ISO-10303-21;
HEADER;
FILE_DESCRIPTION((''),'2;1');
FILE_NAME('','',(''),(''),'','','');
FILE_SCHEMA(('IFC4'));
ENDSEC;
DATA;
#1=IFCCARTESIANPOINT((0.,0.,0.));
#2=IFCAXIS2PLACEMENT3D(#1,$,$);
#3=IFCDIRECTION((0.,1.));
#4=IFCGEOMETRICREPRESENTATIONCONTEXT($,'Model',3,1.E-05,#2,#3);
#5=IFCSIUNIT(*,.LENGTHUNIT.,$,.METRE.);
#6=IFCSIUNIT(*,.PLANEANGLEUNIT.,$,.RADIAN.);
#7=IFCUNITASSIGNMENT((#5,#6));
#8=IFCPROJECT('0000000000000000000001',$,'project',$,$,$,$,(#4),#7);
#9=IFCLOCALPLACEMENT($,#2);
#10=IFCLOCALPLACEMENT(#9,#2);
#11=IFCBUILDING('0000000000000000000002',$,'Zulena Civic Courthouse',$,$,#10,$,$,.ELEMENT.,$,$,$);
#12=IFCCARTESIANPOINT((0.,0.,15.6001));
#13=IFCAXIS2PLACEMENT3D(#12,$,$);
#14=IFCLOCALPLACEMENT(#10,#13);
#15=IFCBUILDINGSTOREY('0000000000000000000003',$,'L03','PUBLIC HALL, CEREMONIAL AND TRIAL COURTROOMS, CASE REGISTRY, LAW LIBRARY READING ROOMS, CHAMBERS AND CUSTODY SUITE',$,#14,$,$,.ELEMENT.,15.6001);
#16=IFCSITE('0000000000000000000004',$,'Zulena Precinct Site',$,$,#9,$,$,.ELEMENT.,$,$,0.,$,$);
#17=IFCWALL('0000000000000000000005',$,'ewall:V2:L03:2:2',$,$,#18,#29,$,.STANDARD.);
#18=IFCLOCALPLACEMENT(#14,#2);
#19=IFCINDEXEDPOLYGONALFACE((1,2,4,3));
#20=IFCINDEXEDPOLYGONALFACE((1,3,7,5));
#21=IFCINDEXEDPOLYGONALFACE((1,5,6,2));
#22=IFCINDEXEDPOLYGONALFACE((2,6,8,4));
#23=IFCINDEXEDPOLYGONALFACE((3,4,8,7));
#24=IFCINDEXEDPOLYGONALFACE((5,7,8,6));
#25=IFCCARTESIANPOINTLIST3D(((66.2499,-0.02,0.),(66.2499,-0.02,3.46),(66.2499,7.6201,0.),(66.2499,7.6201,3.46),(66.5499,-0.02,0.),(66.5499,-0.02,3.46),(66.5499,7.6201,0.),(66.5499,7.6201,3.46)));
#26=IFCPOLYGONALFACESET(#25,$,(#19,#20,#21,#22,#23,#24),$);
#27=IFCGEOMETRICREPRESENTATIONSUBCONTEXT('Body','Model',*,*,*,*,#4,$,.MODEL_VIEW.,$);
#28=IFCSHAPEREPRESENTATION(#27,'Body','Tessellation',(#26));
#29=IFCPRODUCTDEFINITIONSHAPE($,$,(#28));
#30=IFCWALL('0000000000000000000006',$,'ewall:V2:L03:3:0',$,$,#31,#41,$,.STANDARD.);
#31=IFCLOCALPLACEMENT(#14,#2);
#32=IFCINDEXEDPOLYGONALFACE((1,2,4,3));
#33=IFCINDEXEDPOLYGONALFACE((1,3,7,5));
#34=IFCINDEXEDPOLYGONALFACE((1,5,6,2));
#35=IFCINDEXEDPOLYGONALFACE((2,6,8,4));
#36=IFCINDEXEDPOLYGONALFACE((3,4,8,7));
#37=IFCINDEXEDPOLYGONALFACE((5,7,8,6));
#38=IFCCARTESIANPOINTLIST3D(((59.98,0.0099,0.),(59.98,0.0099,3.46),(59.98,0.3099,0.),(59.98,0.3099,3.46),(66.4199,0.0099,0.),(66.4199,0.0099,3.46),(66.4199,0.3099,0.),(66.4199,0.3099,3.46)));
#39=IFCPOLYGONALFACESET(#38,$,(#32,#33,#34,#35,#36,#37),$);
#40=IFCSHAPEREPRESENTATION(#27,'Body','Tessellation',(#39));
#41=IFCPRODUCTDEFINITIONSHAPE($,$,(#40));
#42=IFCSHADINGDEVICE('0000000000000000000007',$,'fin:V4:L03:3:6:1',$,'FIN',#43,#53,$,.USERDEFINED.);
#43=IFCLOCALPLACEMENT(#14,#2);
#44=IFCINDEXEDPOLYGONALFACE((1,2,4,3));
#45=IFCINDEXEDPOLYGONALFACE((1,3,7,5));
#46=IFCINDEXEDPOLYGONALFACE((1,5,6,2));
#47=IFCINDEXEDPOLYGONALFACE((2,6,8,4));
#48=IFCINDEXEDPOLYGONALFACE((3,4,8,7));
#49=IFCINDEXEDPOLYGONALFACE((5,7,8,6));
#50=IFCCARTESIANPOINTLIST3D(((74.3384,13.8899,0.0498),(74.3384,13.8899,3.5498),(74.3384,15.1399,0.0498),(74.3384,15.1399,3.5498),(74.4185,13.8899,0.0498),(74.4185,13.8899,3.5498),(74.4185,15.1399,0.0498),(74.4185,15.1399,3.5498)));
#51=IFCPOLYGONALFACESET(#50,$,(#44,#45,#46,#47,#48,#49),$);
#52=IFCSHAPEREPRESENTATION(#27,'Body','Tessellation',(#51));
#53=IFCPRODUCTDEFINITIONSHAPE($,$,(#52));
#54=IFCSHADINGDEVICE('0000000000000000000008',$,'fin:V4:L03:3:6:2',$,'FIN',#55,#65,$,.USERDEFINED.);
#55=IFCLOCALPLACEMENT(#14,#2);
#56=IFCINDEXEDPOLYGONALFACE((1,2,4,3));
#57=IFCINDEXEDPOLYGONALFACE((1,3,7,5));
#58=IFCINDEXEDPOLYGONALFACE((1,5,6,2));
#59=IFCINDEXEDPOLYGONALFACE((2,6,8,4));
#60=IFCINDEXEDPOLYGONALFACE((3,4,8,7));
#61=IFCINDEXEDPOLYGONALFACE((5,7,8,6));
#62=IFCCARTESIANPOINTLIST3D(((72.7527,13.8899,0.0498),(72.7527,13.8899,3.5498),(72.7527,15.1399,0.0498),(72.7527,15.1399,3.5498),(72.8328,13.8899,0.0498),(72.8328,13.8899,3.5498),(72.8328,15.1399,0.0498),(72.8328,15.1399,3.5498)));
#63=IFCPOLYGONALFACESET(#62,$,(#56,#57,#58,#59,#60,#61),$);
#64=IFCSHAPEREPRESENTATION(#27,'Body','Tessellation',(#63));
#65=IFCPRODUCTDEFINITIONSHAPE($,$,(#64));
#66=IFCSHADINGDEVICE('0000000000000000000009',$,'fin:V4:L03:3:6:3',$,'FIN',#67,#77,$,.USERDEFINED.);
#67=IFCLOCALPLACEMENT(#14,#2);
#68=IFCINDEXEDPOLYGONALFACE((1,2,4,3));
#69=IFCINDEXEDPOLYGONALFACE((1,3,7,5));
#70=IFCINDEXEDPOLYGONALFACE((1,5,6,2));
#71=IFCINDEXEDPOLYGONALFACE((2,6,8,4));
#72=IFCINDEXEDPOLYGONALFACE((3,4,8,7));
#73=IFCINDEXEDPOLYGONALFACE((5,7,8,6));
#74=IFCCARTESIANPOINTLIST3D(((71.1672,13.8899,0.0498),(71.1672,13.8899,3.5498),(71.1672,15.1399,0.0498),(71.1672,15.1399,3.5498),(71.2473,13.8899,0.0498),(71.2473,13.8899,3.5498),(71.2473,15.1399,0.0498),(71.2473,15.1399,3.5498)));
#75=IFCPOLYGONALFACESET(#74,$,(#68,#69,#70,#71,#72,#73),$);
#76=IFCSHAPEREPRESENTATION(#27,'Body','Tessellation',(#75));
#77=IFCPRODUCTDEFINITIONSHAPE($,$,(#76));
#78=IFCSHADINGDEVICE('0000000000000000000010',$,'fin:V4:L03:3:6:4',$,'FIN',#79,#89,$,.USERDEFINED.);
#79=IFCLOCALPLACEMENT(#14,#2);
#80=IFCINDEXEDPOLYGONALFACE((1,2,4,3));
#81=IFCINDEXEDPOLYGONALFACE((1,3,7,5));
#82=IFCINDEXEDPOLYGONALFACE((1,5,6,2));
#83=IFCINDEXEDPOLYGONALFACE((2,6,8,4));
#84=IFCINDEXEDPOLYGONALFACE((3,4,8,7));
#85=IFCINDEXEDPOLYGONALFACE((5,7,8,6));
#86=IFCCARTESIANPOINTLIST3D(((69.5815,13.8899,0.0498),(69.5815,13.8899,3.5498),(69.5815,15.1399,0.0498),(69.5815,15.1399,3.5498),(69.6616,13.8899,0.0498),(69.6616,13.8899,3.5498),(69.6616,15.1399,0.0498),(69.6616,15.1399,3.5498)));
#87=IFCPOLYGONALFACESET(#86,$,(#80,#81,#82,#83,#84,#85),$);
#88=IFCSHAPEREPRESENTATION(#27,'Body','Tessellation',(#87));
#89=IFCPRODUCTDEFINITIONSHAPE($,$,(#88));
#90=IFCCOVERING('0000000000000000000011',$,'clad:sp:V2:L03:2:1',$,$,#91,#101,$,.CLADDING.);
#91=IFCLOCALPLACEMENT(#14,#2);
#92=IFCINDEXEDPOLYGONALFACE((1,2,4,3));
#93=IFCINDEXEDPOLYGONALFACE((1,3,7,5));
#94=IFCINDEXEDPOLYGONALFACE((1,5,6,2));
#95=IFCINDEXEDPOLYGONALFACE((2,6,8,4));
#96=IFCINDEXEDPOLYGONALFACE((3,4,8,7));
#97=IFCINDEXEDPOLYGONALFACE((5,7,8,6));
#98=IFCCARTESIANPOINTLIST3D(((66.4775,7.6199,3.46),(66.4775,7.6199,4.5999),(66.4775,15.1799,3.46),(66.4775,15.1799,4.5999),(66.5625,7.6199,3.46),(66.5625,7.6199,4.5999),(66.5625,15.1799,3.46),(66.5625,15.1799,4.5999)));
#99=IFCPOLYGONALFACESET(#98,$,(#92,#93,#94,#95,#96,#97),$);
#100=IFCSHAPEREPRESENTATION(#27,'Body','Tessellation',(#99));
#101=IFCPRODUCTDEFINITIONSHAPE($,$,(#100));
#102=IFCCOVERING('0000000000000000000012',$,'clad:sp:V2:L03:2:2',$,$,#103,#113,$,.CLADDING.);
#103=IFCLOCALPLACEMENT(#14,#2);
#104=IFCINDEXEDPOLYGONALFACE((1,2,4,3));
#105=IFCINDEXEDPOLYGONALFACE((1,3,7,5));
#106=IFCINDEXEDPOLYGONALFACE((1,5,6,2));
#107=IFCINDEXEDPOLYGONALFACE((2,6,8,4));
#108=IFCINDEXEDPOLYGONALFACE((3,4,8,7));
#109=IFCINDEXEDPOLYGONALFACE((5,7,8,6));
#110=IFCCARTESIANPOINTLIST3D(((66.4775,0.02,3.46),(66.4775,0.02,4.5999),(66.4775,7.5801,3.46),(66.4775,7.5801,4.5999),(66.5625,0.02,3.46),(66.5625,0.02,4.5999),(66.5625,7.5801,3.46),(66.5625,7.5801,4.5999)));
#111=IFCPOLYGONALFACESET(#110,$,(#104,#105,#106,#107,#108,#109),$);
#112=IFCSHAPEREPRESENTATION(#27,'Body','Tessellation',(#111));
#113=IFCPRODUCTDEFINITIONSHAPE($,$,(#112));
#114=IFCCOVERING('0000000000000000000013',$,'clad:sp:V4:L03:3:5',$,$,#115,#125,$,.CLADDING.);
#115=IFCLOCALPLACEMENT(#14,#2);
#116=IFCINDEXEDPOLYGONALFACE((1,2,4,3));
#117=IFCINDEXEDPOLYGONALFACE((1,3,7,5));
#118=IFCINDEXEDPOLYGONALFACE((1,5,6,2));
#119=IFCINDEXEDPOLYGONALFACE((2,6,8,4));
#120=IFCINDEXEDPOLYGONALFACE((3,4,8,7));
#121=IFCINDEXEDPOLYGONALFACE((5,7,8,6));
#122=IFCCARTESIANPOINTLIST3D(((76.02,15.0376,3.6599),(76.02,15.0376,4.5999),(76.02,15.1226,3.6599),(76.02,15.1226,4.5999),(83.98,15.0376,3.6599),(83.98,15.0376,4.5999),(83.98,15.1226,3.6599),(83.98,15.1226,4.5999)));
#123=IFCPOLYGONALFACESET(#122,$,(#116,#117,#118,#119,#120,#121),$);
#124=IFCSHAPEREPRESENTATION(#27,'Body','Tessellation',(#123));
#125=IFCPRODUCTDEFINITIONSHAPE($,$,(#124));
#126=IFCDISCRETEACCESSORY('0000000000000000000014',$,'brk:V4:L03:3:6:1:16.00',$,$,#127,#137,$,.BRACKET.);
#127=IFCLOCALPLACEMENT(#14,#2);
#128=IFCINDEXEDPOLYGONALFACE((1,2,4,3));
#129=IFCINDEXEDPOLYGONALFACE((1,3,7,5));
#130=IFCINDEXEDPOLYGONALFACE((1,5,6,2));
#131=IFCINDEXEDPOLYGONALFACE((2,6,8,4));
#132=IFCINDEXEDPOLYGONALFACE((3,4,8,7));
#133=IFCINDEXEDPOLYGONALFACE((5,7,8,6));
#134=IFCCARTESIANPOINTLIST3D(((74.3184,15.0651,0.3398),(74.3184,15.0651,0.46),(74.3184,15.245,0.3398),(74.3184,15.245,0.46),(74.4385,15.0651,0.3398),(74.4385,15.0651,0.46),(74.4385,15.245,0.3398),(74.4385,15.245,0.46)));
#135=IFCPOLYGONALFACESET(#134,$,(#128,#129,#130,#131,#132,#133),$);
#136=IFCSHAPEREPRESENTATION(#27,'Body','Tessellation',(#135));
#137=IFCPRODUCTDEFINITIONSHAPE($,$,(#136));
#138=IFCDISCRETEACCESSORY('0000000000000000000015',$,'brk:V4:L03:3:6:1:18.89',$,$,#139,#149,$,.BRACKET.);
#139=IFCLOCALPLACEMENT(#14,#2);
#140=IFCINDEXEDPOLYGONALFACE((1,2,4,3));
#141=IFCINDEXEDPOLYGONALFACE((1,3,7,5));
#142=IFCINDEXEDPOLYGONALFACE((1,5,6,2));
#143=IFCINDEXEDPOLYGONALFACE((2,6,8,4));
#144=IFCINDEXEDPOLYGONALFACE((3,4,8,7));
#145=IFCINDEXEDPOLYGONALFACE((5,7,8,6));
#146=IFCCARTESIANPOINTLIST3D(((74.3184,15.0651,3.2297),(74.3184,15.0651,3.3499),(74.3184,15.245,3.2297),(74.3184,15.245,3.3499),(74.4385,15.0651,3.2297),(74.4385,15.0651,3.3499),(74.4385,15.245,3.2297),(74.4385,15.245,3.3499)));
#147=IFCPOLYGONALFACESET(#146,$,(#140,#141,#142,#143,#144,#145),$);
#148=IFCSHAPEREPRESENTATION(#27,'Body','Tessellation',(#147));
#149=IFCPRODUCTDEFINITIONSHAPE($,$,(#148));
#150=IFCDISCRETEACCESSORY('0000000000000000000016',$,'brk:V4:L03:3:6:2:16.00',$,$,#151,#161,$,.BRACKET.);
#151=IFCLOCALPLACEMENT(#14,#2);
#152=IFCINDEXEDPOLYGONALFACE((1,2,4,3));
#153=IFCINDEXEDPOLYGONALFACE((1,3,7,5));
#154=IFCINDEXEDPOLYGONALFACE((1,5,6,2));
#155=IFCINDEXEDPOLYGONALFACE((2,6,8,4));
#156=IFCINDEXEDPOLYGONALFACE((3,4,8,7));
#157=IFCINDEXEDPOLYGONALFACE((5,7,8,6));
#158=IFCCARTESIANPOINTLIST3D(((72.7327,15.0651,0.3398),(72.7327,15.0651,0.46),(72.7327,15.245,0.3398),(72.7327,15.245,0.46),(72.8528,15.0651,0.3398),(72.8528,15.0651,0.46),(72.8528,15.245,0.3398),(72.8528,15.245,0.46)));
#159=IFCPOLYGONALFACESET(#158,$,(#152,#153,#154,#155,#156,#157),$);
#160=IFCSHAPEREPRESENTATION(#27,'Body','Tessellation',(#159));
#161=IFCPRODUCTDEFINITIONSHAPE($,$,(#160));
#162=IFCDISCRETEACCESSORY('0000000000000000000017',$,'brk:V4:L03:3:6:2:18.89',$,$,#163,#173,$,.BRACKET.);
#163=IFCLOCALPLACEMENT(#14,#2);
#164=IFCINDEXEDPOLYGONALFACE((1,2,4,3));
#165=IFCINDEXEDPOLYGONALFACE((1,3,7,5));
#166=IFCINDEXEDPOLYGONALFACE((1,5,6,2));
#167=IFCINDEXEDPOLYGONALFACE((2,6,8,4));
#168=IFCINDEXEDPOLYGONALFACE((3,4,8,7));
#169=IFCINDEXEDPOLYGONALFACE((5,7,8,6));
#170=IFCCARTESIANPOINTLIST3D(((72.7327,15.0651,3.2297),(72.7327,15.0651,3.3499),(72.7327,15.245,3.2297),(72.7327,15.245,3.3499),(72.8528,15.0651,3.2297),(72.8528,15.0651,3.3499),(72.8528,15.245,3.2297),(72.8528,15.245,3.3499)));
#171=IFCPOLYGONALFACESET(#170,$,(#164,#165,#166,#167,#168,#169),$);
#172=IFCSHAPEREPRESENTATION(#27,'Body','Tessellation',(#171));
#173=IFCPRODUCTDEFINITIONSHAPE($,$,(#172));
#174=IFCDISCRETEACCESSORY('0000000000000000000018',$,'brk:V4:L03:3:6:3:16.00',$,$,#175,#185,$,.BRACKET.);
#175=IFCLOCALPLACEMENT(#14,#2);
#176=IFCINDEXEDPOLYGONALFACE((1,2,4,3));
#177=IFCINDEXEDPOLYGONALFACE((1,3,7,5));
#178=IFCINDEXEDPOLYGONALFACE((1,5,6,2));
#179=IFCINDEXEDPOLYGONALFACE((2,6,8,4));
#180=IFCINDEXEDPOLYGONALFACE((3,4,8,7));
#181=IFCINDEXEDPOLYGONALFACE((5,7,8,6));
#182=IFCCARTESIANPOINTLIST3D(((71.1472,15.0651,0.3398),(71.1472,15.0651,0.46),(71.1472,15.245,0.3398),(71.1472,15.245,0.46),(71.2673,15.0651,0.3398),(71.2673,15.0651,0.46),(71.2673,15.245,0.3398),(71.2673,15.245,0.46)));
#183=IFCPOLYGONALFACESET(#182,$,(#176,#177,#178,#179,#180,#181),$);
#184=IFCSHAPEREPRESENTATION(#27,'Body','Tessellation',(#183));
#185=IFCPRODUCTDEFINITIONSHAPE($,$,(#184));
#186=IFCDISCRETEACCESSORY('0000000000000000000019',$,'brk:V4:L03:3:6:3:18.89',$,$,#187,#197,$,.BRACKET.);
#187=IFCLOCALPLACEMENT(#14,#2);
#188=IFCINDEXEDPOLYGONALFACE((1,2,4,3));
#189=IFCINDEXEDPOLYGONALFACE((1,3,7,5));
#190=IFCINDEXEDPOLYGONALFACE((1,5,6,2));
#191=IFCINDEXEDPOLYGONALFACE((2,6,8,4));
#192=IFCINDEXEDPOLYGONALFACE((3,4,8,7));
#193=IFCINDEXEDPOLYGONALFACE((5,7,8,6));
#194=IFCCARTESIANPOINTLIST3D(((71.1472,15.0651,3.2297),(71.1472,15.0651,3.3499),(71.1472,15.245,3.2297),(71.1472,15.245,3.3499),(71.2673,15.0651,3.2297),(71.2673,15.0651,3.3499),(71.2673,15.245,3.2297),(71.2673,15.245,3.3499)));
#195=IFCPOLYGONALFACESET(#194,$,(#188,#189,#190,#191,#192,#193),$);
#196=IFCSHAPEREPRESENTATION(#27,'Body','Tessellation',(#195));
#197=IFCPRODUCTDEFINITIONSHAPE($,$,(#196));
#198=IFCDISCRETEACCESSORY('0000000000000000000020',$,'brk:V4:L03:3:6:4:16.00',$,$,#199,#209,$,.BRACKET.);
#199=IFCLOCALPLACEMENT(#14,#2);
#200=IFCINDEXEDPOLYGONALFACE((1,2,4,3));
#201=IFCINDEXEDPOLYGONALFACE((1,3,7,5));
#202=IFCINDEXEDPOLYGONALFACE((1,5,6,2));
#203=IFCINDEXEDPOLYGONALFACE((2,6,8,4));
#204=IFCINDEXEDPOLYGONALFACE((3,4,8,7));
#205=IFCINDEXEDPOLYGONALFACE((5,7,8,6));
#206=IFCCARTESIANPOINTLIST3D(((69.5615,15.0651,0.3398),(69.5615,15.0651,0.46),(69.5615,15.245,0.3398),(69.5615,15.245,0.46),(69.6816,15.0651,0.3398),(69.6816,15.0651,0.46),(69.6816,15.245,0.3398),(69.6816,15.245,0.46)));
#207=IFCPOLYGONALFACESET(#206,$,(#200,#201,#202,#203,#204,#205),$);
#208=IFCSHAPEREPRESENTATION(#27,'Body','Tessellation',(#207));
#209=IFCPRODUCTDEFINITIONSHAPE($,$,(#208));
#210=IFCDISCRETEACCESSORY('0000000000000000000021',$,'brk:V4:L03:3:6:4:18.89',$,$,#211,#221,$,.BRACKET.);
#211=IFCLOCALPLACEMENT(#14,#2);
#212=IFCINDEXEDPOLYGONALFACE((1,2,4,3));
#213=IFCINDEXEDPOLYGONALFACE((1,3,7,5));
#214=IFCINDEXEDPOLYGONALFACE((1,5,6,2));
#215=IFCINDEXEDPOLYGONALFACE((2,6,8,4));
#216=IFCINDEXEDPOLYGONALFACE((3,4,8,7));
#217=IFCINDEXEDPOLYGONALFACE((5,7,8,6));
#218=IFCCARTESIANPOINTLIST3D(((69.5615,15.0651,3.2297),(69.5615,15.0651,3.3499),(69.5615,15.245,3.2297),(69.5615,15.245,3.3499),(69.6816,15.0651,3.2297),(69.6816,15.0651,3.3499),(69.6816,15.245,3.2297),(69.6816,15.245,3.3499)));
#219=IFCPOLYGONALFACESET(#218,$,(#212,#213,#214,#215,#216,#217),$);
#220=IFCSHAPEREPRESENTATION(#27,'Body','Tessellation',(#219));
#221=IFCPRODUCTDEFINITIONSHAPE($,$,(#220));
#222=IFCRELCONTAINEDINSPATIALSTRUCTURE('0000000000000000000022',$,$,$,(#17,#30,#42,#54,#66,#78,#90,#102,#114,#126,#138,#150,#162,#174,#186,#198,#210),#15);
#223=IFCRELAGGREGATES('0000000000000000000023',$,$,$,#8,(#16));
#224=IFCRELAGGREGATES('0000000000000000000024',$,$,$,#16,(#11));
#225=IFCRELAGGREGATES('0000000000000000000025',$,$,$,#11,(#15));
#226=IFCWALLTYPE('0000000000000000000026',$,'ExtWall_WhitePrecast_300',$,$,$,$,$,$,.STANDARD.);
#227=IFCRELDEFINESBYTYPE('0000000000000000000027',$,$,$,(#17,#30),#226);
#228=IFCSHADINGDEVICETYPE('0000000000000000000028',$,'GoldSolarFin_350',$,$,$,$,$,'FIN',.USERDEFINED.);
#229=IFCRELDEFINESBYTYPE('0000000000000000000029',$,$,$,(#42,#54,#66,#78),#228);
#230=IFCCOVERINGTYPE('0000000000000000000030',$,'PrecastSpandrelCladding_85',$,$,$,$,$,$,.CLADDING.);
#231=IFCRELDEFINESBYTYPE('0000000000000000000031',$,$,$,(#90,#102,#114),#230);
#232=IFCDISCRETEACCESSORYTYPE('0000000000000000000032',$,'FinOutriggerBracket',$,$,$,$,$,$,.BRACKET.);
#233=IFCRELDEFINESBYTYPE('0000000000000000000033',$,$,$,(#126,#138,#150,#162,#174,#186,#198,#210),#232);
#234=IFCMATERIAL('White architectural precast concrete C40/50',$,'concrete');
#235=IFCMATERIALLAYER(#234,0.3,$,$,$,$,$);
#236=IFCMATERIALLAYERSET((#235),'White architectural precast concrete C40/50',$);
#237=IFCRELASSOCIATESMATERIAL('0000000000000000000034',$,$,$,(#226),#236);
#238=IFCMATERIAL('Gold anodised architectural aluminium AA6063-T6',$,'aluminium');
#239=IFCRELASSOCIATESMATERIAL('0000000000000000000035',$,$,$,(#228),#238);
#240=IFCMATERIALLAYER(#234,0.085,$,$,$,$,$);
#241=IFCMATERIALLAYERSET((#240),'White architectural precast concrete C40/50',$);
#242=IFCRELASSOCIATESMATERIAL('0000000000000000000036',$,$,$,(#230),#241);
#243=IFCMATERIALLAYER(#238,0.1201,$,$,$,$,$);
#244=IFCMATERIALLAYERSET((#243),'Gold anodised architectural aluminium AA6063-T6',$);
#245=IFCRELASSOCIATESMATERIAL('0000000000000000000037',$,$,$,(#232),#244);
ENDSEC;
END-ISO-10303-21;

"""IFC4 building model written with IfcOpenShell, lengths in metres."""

from ifc_helpers import new_model, si_unit, direction, frame, frame_2d, origin, origin_2d, place, context, subcontext, project, spatial, rectangle, extrude, material, layer, layer_set, type_object, element, save


model = new_model("IFC4")

# Units and contexts
model_context = context("Model", 3, precision=1e-05, world=origin(), true_north=direction((0.0, 1.0)))
body_context = subcontext(model_context, "Body", "Model", "MODEL_VIEW")
ifc_project = project(units=[si_unit("LENGTHUNIT", "METRE"), si_unit("PLANEANGLEUNIT", "RADIAN")], contexts=[model_context])

# Site, building, storey
site_placement = place(None, origin())
site = spatial("IfcSite", under=ifc_project, at=site_placement, Name="Zulena Precinct Site", CompositionType="ELEMENT", RefElevation=0.0)
building_placement = place(site_placement, origin())
building = spatial("IfcBuilding", under=site, at=building_placement, Name="Zulena Civic Courthouse", CompositionType="ELEMENT")
storey_placement = place(building_placement, frame((0.0, 0.0, 15.6001)))
storey = spatial("IfcBuildingStorey", under=building, at=storey_placement, Name="L03", Description="PUBLIC HALL, CEREMONIAL AND TRIAL COURTROOMS, CASE REGISTRY, LAW LIBRARY READING ROOMS, CHAMBERS AND CUSTODY SUITE", CompositionType="ELEMENT", Elevation=15.6001)

# Walls
ifc_material_1 = material(Name="White architectural precast concrete C40/50", Category="concrete")
ifc_layer_1 = layer(ifc_material_1, 0.3)
ifc_layer_set_1 = layer_set([ifc_layer_1], Name="White architectural precast concrete C40/50")
wall_type = type_object("IfcWallType", Name="ExtWall_WhitePrecast_300", PredefinedType="STANDARD", material=ifc_layer_set_1)
wall_1_placement = place(storey_placement, frame((66.3999, 7.6201, 0.0), z_axis=(0.0, 0.0, 1.0), x_axis=(0.0, -1.0, 0.0)))
element("IfcWall", 1, at=wall_1_placement, inside=storey, type_object=wall_type, Name="ewall:V2:L03:2:2", PredefinedType="STANDARD", context=body_context, shape_type="SweptSolid", body=[
    extrude(rectangle(XDim=7.6401, YDim=0.3, at=frame_2d((3.8201, 0.0))), origin(), (0.0, 0.0, 1.0), 3.46),
])
wall_2_placement = place(storey_placement, frame((66.4199, 0.1599, 0.0), z_axis=(0.0, 0.0, 1.0), x_axis=(-1.0, 0.0, 0.0)))
element("IfcWall", 2, at=wall_2_placement, inside=storey, type_object=wall_type, Name="ewall:V2:L03:3:0", PredefinedType="STANDARD", context=body_context, shape_type="SweptSolid", body=[
    extrude(rectangle(XDim=6.4399, YDim=0.3, at=frame_2d((3.22, 0.0))), origin(), (0.0, 0.0, 1.0), 3.46),
])

# Shading devices
ifc_material_2 = material(Name="Gold anodised architectural aluminium AA6063-T6", Category="aluminium")
shading_device_type = type_object("IfcShadingDeviceType", Name="GoldSolarFin_350", ElementType="FIN", PredefinedType="USERDEFINED", material=ifc_material_2)
for number, where, z_axis, x_axis, name in (
    (3, (74.3784, 14.5149, 0.0498), (0.0, 0.0, 1.0), (0.0, -1.0, 0.0), "fin:V4:L03:3:6:1"),
    (4, (72.7927, 14.5149, 0.0498), (0.0, 0.0, 1.0), (0.0, -1.0, 0.0), "fin:V4:L03:3:6:2"),
    (5, (71.2073, 14.5149, 0.0498), (0.0, 0.0, 1.0), (0.0, -1.0, 0.0), "fin:V4:L03:3:6:3"),
    (6, (69.6216, 14.5149, 0.0498), (0.0, 0.0, 1.0), (0.0, -1.0, 0.0), "fin:V4:L03:3:6:4"),
):
    element("IfcShadingDevice", number, at=place(storey_placement, frame(where, z_axis=z_axis, x_axis=x_axis)), inside=storey, type_object=shading_device_type, Name=name, ObjectType="FIN", PredefinedType="USERDEFINED", context=body_context, shape_type="SweptSolid", body=[
        extrude(rectangle(XDim=1.25, YDim=0.0801, at=origin_2d()), origin(), (0.0, 0.0, 1.0), 3.5),
    ])

# Coverings
ifc_layer_2 = layer(ifc_material_1, 0.085)
ifc_layer_set_2 = layer_set([ifc_layer_2], Name="White architectural precast concrete C40/50")
covering_type = type_object("IfcCoveringType", Name="PrecastSpandrelCladding_85", PredefinedType="CLADDING", material=ifc_layer_set_2)
for number, where, z_axis, x_axis, name in (
    (7, (66.52, 11.3999, 3.46), (0.0, 0.0, 1.0), (0.0, -1.0, 0.0), "clad:sp:V2:L03:2:1"),
    (8, (66.52, 3.8, 3.46), (0.0, 0.0, 1.0), (0.0, -1.0, 0.0), "clad:sp:V2:L03:2:2"),
):
    element("IfcCovering", number, at=place(storey_placement, frame(where, z_axis=z_axis, x_axis=x_axis)), inside=storey, type_object=covering_type, Name=name, PredefinedType="CLADDING", context=body_context, shape_type="SweptSolid", body=[
        extrude(rectangle(XDim=7.5601, YDim=0.085, at=origin_2d()), origin(), (0.0, 0.0, 1.0), 1.1399),
    ])
covering_placement = place(storey_placement, frame((80.0, 15.0801, 3.6599), z_axis=(0.0, 0.0, 1.0), x_axis=(-1.0, 0.0, 0.0)))
element("IfcCovering", 9, at=covering_placement, inside=storey, type_object=covering_type, Name="clad:sp:V4:L03:3:5", PredefinedType="CLADDING", context=body_context, shape_type="SweptSolid", body=[
    extrude(rectangle(XDim=7.96, YDim=0.085, at=origin_2d()), origin(), (0.0, 0.0, 1.0), 0.9399),
])

# Discrete accessories
ifc_layer_3 = layer(ifc_material_2, 0.1201)
ifc_layer_set_3 = layer_set([ifc_layer_3], Name="Gold anodised architectural aluminium AA6063-T6")
discrete_accessory_type = type_object("IfcDiscreteAccessoryType", Name="FinOutriggerBracket", PredefinedType="BRACKET", material=ifc_layer_set_3)
for number, where, z_axis, x_axis, name in (
    (10, (74.3784, 15.155, 0.3398), (0.0, 0.0, 1.0), (0.0, -1.0, 0.0), "brk:V4:L03:3:6:1:16.00"),
    (11, (74.3784, 15.155, 3.2297), (0.0, 0.0, 1.0), (0.0, -1.0, 0.0), "brk:V4:L03:3:6:1:18.89"),
    (12, (72.7927, 15.155, 0.3398), (0.0, 0.0, 1.0), (0.0, -1.0, 0.0), "brk:V4:L03:3:6:2:16.00"),
    (13, (72.7927, 15.155, 3.2297), (0.0, 0.0, 1.0), (0.0, -1.0, 0.0), "brk:V4:L03:3:6:2:18.89"),
    (14, (71.2073, 15.155, 0.3398), (0.0, 0.0, 1.0), (0.0, -1.0, 0.0), "brk:V4:L03:3:6:3:16.00"),
    (15, (71.2073, 15.155, 3.2297), (0.0, 0.0, 1.0), (0.0, -1.0, 0.0), "brk:V4:L03:3:6:3:18.89"),
    (16, (69.6216, 15.155, 0.3398), (0.0, 0.0, 1.0), (0.0, -1.0, 0.0), "brk:V4:L03:3:6:4:16.00"),
    (17, (69.6216, 15.155, 3.2297), (0.0, 0.0, 1.0), (0.0, -1.0, 0.0), "brk:V4:L03:3:6:4:18.89"),
):
    element("IfcDiscreteAccessory", number, at=place(storey_placement, frame(where, z_axis=z_axis, x_axis=x_axis)), inside=storey, type_object=discrete_accessory_type, Name=name, PredefinedType="BRACKET", context=body_context, shape_type="SweptSolid", body=[
        extrude(rectangle(XDim=0.1799, YDim=0.1201, at=origin_2d()), origin(), (0.0, 0.0, 1.0), 0.1201),
    ])

save(model, "model.ifc")
